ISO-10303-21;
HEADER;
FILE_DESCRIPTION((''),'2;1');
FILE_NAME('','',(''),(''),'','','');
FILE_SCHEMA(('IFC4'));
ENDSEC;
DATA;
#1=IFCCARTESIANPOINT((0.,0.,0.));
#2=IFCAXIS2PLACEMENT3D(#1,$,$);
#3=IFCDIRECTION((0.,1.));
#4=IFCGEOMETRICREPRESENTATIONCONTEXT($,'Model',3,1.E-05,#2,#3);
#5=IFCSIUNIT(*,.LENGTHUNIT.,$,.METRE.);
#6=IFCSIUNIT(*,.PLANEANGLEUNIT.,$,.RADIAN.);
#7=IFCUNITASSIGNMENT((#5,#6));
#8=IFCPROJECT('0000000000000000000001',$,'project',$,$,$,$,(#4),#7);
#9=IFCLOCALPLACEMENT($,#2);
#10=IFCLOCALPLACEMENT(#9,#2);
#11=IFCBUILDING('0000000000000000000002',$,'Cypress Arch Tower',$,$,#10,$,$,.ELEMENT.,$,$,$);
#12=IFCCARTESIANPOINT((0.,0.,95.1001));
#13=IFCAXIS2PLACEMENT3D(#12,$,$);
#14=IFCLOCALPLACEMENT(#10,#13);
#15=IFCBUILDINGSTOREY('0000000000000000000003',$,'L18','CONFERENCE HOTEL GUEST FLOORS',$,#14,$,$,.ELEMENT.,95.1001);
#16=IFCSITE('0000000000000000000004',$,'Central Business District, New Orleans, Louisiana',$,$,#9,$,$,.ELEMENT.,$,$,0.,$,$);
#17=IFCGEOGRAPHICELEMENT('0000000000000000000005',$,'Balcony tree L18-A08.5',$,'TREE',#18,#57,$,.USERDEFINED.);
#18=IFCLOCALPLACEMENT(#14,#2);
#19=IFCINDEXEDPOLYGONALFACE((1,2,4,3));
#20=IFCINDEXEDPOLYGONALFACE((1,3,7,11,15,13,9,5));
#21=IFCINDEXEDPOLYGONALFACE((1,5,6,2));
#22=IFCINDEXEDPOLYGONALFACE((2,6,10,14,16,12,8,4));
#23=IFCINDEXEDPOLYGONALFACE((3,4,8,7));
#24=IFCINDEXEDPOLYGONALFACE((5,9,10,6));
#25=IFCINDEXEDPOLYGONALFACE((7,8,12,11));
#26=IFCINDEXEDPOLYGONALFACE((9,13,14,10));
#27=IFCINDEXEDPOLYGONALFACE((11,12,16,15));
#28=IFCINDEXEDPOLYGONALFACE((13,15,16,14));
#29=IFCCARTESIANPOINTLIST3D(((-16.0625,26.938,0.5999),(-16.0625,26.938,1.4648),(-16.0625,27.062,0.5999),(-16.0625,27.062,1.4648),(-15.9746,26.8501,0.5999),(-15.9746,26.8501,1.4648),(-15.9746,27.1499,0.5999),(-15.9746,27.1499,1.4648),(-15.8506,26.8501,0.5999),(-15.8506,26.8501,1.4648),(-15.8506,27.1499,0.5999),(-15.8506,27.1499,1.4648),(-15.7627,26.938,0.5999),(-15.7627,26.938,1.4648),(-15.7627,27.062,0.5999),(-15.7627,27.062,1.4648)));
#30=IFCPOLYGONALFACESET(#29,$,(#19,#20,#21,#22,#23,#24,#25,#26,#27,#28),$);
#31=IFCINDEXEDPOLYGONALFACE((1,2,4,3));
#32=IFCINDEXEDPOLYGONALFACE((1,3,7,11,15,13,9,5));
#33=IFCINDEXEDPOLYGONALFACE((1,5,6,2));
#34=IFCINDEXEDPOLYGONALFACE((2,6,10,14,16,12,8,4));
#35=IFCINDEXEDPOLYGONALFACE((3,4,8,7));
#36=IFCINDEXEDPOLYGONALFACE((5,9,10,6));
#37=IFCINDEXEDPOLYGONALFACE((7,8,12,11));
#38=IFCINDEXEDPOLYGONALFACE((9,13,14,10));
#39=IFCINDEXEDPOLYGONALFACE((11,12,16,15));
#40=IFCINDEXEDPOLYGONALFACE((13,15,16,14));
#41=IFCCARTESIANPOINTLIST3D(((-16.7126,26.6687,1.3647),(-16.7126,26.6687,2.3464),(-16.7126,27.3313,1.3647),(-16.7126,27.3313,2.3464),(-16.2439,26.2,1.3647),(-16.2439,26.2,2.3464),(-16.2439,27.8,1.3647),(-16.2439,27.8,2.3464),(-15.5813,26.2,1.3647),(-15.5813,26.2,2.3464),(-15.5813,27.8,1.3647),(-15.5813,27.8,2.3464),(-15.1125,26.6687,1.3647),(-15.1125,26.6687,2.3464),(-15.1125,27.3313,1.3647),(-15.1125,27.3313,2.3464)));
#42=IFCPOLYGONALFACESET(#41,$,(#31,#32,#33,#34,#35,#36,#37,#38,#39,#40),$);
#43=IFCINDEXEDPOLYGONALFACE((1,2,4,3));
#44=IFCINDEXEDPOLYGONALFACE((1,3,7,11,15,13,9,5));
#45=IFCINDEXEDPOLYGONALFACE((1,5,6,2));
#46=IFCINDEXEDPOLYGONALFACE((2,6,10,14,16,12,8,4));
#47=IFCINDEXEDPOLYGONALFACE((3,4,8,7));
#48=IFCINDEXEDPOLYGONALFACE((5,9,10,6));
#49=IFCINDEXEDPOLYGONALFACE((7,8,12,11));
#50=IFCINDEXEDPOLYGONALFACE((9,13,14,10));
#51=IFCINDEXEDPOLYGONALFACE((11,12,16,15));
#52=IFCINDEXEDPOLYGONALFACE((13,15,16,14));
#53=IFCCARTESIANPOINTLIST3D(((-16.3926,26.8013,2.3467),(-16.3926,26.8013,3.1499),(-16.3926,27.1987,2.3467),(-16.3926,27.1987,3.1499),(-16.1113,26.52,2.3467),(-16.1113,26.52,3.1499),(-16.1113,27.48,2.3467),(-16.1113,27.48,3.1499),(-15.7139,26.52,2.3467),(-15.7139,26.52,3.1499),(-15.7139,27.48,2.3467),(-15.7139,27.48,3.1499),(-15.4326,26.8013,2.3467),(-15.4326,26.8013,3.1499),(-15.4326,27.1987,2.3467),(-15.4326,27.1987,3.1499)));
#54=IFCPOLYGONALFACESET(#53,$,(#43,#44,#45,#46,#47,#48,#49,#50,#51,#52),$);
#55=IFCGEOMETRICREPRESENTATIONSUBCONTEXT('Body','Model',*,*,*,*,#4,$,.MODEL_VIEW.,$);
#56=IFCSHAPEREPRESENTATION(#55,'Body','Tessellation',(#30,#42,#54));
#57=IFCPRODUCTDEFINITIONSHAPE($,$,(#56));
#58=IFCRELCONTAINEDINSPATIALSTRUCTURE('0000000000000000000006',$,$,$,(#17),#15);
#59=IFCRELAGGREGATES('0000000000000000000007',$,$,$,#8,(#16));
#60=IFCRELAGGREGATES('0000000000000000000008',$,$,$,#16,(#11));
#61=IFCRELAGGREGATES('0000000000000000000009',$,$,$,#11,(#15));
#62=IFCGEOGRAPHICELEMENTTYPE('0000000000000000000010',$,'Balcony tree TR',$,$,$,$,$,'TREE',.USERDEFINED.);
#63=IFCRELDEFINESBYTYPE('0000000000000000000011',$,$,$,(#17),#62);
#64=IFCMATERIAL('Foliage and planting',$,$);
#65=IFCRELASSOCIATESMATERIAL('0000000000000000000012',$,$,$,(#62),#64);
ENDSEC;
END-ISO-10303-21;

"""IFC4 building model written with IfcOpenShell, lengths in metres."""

from ifc_helpers import new_model, si_unit, direction, frame, origin, place, context, subcontext, project, spatial, polyline, outline, extrude, material, type_object, element, save


model = new_model("IFC4")

# Units and contexts
model_context = context("Model", 3, precision=1e-05, world=origin(), true_north=direction((0.0, 1.0)))
body_context = subcontext(model_context, "Body", "Model", "MODEL_VIEW")
ifc_project = project(units=[si_unit("LENGTHUNIT", "METRE"), si_unit("PLANEANGLEUNIT", "RADIAN")], contexts=[model_context])

# Site, building, storey
site_placement = place(None, origin())
site = spatial("IfcSite", under=ifc_project, at=site_placement, Name="Central Business District, New Orleans, Louisiana", CompositionType="ELEMENT", RefElevation=0.0)
building_placement = place(site_placement, origin())
building = spatial("IfcBuilding", under=site, at=building_placement, Name="Cypress Arch Tower", CompositionType="ELEMENT")
storey_placement = place(building_placement, frame((0.0, 0.0, 95.1001)))
storey = spatial("IfcBuildingStorey", under=building, at=storey_placement, Name="L18", Description="CONFERENCE HOTEL GUEST FLOORS", CompositionType="ELEMENT", Elevation=95.1001)

# Geographic element
ifc_material_1 = material(Name="Foliage and planting")
geographic_element_type = type_object("IfcGeographicElementType", Name="Balcony tree TR", ElementType="TREE", PredefinedType="USERDEFINED", material=ifc_material_1)
geographic_element_placement = place(storey_placement, frame((-15.9126, 27.0, 0.5999), z_axis=(0.0, 0.0, 1.0), x_axis=(1.0, 0.0, 0.0)))
element("IfcGeographicElement", 1, at=geographic_element_placement, inside=storey, type_object=geographic_element_type, Name="Balcony tree L18-A08.5", ObjectType="TREE", PredefinedType="USERDEFINED", context=body_context, shape_type="SweptSolid", body=[
    extrude(outline(polyline([(0.1499, 0.062), (0.062, 0.1499), (-0.062, 0.1499), (-0.1499, 0.062), (-0.1499, -0.062), (-0.062, -0.1499), (0.062, -0.1499), (0.1499, -0.062), (0.1499, 0.062)])), origin(), (0.0, 0.0, 1.0), 0.865),
    extrude(outline(polyline([(0.8, 0.3313), (0.3313, 0.8), (-0.3313, 0.8), (-0.8, 0.3313), (-0.8, -0.3313), (-0.3313, -0.8), (0.3313, -0.8), (0.8, -0.3313), (0.8, 0.3313)])), frame((0.0, 0.0, 0.7649)), (0.0, 0.0, 1.0), 0.9817),
    extrude(outline(polyline([(0.48, 0.1987), (0.1987, 0.48), (-0.1987, 0.48), (-0.48, 0.1987), (-0.48, -0.1987), (-0.1987, -0.48), (0.1987, -0.48), (0.48, -0.1987), (0.48, 0.1987)])), frame((0.0, 0.0, 1.7468)), (0.0, 0.0, 1.0), 0.8032),
])

save(model, "model.ifc")
